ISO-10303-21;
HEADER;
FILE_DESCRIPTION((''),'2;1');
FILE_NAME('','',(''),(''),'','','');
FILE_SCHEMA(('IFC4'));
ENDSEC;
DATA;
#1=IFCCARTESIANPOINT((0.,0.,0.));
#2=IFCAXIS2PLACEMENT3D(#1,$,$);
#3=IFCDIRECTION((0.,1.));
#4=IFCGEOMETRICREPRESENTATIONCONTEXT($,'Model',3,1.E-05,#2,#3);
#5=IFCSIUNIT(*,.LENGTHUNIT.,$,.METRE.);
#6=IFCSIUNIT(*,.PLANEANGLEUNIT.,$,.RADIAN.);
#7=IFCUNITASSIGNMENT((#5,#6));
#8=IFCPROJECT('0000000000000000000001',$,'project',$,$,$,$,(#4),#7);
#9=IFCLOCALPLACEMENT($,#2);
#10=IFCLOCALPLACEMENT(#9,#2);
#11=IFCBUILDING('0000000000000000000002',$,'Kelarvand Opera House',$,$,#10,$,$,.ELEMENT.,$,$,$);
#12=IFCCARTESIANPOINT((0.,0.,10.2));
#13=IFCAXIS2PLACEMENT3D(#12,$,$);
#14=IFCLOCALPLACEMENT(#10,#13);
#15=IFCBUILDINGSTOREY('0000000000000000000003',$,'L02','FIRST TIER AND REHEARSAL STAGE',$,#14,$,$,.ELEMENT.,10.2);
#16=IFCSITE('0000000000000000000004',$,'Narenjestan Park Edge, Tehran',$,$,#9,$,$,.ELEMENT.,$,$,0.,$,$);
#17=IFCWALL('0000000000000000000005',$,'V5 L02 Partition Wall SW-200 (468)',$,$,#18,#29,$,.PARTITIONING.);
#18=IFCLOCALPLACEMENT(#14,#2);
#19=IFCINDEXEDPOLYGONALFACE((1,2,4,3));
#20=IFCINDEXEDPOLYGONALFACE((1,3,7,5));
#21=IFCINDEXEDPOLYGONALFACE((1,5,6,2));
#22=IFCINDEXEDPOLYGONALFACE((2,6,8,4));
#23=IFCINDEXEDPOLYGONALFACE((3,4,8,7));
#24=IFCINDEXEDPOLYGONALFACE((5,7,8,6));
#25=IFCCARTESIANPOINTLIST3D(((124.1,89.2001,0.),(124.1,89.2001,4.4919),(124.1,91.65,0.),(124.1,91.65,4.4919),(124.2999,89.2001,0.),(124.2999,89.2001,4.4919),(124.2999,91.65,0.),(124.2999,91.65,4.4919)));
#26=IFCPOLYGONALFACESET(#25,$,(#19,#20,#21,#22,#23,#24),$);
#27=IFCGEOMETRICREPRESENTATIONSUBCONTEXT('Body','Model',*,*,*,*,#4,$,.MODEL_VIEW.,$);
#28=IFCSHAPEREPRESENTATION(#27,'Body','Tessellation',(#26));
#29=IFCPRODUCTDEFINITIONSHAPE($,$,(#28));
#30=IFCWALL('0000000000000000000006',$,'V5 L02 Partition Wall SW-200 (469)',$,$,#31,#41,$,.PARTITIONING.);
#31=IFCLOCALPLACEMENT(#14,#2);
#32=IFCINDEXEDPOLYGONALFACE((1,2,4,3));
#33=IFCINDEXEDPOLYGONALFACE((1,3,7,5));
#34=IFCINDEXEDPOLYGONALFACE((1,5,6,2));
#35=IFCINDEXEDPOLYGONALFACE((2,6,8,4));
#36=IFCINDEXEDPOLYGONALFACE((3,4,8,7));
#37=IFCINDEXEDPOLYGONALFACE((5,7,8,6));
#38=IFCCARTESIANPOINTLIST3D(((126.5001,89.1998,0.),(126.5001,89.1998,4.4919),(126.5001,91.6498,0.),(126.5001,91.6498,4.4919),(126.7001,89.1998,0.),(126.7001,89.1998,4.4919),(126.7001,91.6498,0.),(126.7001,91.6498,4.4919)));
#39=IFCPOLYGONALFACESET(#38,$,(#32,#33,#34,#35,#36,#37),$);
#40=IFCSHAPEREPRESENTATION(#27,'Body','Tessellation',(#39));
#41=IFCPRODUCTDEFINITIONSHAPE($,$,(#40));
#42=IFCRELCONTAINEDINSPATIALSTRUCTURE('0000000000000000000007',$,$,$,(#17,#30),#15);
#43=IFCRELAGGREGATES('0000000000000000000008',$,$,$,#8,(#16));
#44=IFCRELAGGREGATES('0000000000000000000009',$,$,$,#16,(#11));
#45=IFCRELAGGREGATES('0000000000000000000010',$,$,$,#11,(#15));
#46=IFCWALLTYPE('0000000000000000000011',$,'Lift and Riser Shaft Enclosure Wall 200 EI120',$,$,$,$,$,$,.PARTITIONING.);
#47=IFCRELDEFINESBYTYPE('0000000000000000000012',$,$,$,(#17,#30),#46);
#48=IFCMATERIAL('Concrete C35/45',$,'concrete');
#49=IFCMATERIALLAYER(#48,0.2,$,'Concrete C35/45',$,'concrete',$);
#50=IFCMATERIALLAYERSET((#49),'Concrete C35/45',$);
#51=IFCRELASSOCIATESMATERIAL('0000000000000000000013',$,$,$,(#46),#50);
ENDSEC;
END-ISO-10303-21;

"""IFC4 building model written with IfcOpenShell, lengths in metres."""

from ifc_helpers import new_model, si_unit, direction, frame, frame_2d, origin, place, context, subcontext, project, spatial, rectangle, extrude, material, layer, layer_set, type_object, element, save


model = new_model("IFC4")

# Units and contexts
model_context = context("Model", 3, precision=1e-05, world=origin(), true_north=direction((0.0, 1.0)))
body_context = subcontext(model_context, "Body", "Model", "MODEL_VIEW")
ifc_project = project(units=[si_unit("LENGTHUNIT", "METRE"), si_unit("PLANEANGLEUNIT", "RADIAN")], contexts=[model_context])

# Site, building, storey
site_placement = place(None, origin())
site = spatial("IfcSite", under=ifc_project, at=site_placement, Name="Narenjestan Park Edge, Tehran", CompositionType="ELEMENT", RefElevation=0.0)
building_placement = place(site_placement, origin())
building = spatial("IfcBuilding", under=site, at=building_placement, Name="Kelarvand Opera House", CompositionType="ELEMENT")
storey_placement = place(building_placement, frame((0.0, 0.0, 10.2)))
storey = spatial("IfcBuildingStorey", under=building, at=storey_placement, Name="L02", Description="FIRST TIER AND REHEARSAL STAGE", CompositionType="ELEMENT", Elevation=10.2)

# Shared definitions
ifc_material_1 = material(Name="Concrete C35/45", Category="concrete")

# Shared definitions
ifc_layer_1 = layer(ifc_material_1, 0.2, Name="Concrete C35/45", Category="concrete")
ifc_layer_set_1 = layer_set([ifc_layer_1], Name="Concrete C35/45")
wall_type_1 = type_object("IfcWallType", Name="Lift and Riser Shaft Enclosure Wall 200 EI120", PredefinedType="PARTITIONING", material=ifc_layer_set_1)

# Walls
for number, where, z_axis, x_axis, name in (
    (1, (124.2, 89.2, 0.0), (0.0, 0.0, 1.0), (0.0, 1.0, 0.0), "V5 L02 Partition Wall SW-200 (468)"),
    (2, (126.6001, 91.6499, 0.0), (0.0, 0.0, 1.0), (0.0, -1.0, 0.0), "V5 L02 Partition Wall SW-200 (469)"),
):
    element("IfcWall", number, at=place(storey_placement, frame(where, z_axis=z_axis, x_axis=x_axis)), inside=storey, type_object=wall_type_1, Name=name, PredefinedType="PARTITIONING", context=body_context, shape_type="SweptSolid", body=[
        extrude(rectangle(XDim=2.45, YDim=0.2, at=frame_2d((1.2251, 0.0))), origin(), (0.0, 0.0, 1.0), 4.4919),
    ])

save(model, "model.ifc")
